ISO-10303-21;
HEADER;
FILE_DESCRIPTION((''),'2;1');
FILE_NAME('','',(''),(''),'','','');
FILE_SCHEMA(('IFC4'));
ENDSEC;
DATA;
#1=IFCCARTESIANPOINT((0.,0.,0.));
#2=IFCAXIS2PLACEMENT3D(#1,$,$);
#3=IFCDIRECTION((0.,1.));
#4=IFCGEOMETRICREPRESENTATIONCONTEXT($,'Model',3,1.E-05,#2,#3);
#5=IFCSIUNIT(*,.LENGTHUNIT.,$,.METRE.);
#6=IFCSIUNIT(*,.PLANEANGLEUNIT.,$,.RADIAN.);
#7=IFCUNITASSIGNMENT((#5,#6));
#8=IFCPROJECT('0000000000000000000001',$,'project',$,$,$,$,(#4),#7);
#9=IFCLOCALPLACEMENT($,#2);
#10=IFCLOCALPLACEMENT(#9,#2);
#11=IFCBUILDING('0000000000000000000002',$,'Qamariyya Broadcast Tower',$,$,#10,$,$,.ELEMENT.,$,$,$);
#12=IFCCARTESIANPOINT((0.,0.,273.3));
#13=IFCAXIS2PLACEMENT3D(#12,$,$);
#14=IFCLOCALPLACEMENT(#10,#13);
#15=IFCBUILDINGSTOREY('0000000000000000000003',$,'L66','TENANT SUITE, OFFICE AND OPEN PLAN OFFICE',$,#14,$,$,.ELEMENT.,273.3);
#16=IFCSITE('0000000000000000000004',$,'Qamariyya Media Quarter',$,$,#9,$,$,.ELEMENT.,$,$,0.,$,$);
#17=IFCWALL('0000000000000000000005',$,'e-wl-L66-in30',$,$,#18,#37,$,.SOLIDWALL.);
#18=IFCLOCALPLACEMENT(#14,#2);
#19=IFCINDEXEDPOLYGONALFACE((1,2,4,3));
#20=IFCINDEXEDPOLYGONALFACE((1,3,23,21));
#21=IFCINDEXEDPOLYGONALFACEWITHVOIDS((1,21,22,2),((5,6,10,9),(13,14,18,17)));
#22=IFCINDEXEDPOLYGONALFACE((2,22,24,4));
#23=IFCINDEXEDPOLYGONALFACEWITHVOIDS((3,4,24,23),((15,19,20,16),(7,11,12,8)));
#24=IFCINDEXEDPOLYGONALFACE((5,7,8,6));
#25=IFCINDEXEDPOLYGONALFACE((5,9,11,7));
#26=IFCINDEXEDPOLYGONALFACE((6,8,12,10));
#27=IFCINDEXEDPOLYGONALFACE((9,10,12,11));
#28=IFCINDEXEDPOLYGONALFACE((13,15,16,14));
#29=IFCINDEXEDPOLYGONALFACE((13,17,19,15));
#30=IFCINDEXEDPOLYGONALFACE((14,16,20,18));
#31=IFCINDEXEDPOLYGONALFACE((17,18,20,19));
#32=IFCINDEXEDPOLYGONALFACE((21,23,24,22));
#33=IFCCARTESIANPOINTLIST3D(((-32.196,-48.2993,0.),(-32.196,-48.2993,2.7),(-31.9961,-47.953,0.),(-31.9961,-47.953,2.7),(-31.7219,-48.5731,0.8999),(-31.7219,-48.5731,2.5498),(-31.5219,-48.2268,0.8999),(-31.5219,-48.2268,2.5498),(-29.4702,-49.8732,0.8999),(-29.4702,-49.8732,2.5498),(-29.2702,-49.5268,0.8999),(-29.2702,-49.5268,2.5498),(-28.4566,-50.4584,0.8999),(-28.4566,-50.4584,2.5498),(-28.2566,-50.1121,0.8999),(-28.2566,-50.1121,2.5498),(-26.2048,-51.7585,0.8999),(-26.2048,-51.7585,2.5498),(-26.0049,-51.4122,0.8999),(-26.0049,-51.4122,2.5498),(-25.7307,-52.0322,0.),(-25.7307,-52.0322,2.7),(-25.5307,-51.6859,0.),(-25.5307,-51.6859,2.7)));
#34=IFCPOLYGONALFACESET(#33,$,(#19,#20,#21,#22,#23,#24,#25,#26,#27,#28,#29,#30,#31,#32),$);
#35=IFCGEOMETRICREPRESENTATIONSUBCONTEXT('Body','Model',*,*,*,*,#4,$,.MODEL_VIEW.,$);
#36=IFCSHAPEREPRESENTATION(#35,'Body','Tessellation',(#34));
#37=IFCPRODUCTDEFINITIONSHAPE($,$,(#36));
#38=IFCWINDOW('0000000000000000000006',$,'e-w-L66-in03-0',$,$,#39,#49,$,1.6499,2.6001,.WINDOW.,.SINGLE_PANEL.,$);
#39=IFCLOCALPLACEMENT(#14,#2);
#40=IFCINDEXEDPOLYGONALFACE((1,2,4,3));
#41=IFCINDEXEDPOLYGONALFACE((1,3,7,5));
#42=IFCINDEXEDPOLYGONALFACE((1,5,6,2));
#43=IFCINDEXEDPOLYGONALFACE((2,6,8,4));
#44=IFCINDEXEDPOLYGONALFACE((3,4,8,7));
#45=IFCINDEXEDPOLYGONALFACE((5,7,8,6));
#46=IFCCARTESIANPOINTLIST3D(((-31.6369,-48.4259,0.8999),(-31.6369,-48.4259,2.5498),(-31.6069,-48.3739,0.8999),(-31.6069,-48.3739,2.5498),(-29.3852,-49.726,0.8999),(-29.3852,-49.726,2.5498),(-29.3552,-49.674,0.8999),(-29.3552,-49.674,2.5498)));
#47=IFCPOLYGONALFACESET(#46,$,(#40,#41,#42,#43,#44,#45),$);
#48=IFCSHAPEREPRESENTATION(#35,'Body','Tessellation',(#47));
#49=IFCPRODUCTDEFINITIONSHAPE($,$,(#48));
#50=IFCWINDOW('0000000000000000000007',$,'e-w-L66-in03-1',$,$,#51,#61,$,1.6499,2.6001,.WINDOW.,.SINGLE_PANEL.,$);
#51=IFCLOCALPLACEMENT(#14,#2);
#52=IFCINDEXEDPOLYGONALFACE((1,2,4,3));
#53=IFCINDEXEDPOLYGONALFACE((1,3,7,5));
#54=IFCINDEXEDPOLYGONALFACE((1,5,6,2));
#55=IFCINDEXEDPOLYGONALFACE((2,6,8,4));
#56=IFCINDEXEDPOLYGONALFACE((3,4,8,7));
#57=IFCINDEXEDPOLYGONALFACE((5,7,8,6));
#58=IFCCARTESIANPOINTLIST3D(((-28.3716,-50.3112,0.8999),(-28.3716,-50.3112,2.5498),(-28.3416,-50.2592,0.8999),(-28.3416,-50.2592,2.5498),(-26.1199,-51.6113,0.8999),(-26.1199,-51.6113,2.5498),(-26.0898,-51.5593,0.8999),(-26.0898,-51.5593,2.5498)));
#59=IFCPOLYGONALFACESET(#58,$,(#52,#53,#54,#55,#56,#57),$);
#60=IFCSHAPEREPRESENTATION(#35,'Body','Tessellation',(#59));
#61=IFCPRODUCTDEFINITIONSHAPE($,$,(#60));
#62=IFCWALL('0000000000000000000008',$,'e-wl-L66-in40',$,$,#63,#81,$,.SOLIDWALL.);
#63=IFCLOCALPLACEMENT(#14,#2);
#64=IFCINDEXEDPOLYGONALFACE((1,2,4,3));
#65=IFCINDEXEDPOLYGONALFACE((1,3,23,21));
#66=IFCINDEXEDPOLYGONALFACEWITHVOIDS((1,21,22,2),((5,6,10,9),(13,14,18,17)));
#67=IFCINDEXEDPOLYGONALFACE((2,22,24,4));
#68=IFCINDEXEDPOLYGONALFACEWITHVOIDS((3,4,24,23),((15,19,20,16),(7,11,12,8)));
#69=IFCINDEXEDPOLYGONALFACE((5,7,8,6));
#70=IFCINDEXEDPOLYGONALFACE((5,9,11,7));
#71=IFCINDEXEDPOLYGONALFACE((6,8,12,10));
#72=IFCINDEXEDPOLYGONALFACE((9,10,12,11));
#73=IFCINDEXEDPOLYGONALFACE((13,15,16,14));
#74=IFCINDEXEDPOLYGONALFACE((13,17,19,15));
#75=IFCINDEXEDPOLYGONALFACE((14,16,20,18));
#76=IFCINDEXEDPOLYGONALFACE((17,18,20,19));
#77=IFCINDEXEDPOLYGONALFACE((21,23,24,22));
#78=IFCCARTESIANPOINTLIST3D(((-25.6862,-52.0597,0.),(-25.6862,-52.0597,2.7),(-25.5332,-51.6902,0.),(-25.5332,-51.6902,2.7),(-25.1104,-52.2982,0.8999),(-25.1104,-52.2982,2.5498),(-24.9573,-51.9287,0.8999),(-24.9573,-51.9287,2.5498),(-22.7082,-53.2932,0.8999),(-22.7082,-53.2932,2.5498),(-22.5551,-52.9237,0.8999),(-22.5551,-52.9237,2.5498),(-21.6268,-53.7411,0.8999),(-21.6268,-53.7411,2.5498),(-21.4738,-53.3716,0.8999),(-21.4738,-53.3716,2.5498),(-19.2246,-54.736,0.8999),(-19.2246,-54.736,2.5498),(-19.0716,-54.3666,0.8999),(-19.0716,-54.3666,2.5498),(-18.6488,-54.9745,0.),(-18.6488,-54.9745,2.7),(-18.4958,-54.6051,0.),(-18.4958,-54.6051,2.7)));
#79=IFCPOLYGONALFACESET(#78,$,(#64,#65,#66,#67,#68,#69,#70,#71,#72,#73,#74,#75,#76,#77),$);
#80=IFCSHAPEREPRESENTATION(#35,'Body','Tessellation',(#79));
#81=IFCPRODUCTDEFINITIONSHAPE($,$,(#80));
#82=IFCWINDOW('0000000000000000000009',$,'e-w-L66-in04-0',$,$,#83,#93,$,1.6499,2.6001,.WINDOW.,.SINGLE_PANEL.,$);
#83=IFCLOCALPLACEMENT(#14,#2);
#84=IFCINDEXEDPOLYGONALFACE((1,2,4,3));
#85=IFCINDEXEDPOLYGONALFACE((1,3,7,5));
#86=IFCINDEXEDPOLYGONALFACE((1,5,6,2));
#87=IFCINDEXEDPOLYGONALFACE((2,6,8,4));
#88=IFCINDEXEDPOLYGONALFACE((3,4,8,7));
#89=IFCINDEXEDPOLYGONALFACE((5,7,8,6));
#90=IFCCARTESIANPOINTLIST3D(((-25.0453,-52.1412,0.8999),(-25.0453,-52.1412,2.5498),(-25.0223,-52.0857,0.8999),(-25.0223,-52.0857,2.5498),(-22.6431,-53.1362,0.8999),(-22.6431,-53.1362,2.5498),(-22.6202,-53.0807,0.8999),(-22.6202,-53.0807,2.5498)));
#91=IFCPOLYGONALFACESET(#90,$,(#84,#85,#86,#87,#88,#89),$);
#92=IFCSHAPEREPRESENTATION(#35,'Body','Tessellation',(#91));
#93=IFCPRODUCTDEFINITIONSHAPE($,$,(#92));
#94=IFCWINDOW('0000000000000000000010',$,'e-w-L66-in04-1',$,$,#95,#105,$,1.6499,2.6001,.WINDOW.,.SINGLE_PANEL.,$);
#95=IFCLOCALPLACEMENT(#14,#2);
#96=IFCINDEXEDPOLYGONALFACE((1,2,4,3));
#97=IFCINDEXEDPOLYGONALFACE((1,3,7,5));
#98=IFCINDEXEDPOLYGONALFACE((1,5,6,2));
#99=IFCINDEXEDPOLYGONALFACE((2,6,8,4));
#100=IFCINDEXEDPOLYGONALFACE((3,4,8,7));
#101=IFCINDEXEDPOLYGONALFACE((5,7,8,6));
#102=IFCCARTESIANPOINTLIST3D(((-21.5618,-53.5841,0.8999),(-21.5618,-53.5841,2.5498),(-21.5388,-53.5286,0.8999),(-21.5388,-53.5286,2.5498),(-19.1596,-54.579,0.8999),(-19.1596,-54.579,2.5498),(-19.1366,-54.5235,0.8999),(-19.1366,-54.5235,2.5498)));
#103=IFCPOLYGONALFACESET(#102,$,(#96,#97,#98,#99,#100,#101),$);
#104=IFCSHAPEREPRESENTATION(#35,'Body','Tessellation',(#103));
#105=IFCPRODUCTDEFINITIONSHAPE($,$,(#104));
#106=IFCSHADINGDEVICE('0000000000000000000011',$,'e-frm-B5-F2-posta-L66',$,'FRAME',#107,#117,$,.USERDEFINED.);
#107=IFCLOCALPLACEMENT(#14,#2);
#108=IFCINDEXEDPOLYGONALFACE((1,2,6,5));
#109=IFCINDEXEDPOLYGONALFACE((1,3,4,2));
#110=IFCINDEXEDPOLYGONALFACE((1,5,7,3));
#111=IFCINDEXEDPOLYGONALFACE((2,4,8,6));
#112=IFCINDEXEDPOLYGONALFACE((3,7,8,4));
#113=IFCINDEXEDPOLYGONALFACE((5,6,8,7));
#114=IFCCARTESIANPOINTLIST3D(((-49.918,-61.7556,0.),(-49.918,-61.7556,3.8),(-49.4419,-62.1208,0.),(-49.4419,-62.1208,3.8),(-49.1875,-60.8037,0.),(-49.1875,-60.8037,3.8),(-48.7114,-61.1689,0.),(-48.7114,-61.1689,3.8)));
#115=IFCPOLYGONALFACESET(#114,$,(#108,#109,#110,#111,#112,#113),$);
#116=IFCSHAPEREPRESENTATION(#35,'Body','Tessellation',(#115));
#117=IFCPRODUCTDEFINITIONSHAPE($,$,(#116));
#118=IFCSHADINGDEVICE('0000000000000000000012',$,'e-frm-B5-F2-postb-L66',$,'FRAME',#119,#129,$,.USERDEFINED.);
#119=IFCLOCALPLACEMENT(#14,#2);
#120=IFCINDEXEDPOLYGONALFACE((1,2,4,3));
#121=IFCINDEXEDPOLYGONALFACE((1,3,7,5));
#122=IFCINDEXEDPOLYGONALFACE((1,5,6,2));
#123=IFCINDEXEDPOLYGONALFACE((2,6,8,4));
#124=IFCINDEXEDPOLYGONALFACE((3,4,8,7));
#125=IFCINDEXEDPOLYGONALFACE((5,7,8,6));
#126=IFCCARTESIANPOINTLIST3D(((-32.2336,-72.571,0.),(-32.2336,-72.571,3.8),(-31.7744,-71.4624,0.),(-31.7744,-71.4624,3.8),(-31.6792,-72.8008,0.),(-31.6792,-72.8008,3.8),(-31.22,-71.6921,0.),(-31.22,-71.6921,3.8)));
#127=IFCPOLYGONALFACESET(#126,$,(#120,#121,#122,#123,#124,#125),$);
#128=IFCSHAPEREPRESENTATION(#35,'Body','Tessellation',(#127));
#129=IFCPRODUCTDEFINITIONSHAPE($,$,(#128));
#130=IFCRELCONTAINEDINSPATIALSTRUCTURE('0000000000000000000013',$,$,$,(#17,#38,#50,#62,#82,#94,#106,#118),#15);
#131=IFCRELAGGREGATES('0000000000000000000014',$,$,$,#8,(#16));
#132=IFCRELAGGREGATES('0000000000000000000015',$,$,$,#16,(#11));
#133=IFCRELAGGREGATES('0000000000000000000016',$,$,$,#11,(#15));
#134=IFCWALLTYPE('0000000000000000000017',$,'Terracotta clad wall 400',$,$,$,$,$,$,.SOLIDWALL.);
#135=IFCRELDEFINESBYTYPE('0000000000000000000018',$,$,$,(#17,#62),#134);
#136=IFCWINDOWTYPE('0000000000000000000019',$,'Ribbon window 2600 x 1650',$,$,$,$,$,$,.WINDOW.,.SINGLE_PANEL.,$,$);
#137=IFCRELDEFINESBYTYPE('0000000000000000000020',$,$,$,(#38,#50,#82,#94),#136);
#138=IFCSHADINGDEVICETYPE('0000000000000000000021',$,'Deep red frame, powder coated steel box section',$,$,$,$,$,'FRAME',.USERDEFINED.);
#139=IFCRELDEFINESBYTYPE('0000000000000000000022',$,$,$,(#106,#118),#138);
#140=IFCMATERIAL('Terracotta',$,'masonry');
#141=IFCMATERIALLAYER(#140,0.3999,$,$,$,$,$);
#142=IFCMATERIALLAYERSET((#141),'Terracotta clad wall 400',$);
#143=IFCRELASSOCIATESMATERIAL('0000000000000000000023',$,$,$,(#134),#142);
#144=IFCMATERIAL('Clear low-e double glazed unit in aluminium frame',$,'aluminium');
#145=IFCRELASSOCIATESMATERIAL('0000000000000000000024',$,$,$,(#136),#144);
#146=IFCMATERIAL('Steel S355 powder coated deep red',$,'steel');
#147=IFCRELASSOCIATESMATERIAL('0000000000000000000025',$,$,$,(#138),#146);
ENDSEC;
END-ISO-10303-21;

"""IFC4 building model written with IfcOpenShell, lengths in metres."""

from ifc_helpers import new_model, si_unit, direction, frame, frame_2d, origin, place, context, subcontext, project, spatial, polyline, rectangle, outline, extrude, material, layer, layer_set, type_object, element, fill, save


model = new_model("IFC4")

# Units and contexts
model_context = context("Model", 3, precision=1e-05, world=origin(), true_north=direction((0.0, 1.0)))
body_context = subcontext(model_context, "Body", "Model", "MODEL_VIEW")
ifc_project = project(units=[si_unit("LENGTHUNIT", "METRE"), si_unit("PLANEANGLEUNIT", "RADIAN")], contexts=[model_context])

# Site, building, storey
site_placement = place(None, origin())
site = spatial("IfcSite", under=ifc_project, at=site_placement, Name="Qamariyya Media Quarter", CompositionType="ELEMENT", RefElevation=0.0)
building_placement = place(site_placement, origin())
building = spatial("IfcBuilding", under=site, at=building_placement, Name="Qamariyya Broadcast Tower", CompositionType="ELEMENT")
storey_placement = place(building_placement, frame((0.0, 0.0, 273.3)))
storey = spatial("IfcBuildingStorey", under=building, at=storey_placement, Name="L66", Description="TENANT SUITE, OFFICE AND OPEN PLAN OFFICE", CompositionType="ELEMENT", Elevation=273.3)

# Walls, openings, windows
ifc_material_1 = material(Name="Terracotta", Category="masonry")
ifc_layer_1 = layer(ifc_material_1, 0.3999)
ifc_layer_set_1 = layer_set([ifc_layer_1], Name="Terracotta clad wall 400")
wall_type_1 = type_object("IfcWallType", Name="Terracotta clad wall 400", PredefinedType="SOLIDWALL", material=ifc_layer_set_1)
wall_1_placement = place(storey_placement, frame((-25.6306, -51.8591, 0.0), z_axis=(0.0, 0.0, 1.0), x_axis=(-0.866017, 0.500015, 0.0)))
wall_1 = element("IfcWall", 1, at=wall_1_placement, inside=storey, type_object=wall_type_1, Name="e-wl-L66-in30", PredefinedType="SOLIDWALL", context=body_context, shape_type="SweptSolid", body=[
    extrude(rectangle(XDim=7.4656, YDim=0.3999, at=frame_2d((3.7329, 0.0))), origin(), (0.0, 0.0, 1.0), 2.7),
])
opening_1_placement = place(wall_1_placement, frame((4.3181, 0.0, 0.8999)))
opening_1 = element("IfcOpeningElement", 2, at=opening_1_placement, cuts=wall_1, PredefinedType="OPENING", context=body_context, shape_type="SweptSolid", body=[
    extrude(rectangle(XDim=2.6001, YDim=1.6499, at=frame_2d((1.3, 0.825))), frame((0.0, 0.21, 0.0), z_axis=(0.0, -1.0, 0.0), x_axis=(1.0, 0.0, 0.0)), (0.0, 0.0, 1.0), 0.4199),
])
opening_2_placement = place(wall_1_placement, frame((0.5476, 0.0, 0.8999)))
opening_2 = element("IfcOpeningElement", 3, at=opening_2_placement, cuts=wall_1, PredefinedType="OPENING", context=body_context, shape_type="SweptSolid", body=[
    extrude(rectangle(XDim=2.6001, YDim=1.6499, at=frame_2d((1.3, 0.825))), frame((0.0, 0.21, 0.0), z_axis=(0.0, -1.0, 0.0), x_axis=(1.0, 0.0, 0.0)), (0.0, 0.0, 1.0), 0.4199),
])
ifc_material_2 = material(Name="Clear low-e double glazed unit in aluminium frame", Category="aluminium")
window_type = type_object("IfcWindowType", Name="Ribbon window 2600 x 1650", PartitioningType="SINGLE_PANEL", PredefinedType="WINDOW", material=ifc_material_2)
window_1_placement = place(opening_1_placement, origin())
window_1 = element("IfcWindow", 4, at=window_1_placement, inside=storey, type_object=window_type, Name="e-w-L66-in03-0", OverallHeight=1.6499, OverallWidth=2.6001, PartitioningType="SINGLE_PANEL", PredefinedType="WINDOW", context=body_context, shape_type="SweptSolid", body=[
    extrude(rectangle(XDim=2.6001, YDim=1.6499, at=frame_2d((1.3, 0.825))), frame((0.0, 0.03, 0.0), z_axis=(0.0, -1.0, 0.0), x_axis=(1.0, 0.0, 0.0)), (0.0, 0.0, 1.0), 0.0601),
])
fill(opening_1, window_1)
window_2_placement = place(opening_2_placement, origin())
window_2 = element("IfcWindow", 5, at=window_2_placement, inside=storey, type_object=window_type, Name="e-w-L66-in03-1", OverallHeight=1.6499, OverallWidth=2.6001, PartitioningType="SINGLE_PANEL", PredefinedType="WINDOW", context=body_context, shape_type="SweptSolid", body=[
    extrude(rectangle(XDim=2.6001, YDim=1.6499, at=frame_2d((1.3, 0.825))), frame((0.0, 0.03, 0.0), z_axis=(0.0, -1.0, 0.0), x_axis=(1.0, 0.0, 0.0)), (0.0, 0.0, 1.0), 0.0601),
])
fill(opening_2, window_2)
wall_2_placement = place(storey_placement, frame((-18.5723, -54.7898, 0.0), z_axis=(0.0, 0.0, 1.0), x_axis=(-0.923888, 0.382664, 0.0)))
wall_2 = element("IfcWall", 6, at=wall_2_placement, inside=storey, type_object=wall_type_1, Name="e-wl-L66-in40", PredefinedType="SOLIDWALL", context=body_context, shape_type="SweptSolid", body=[
    extrude(rectangle(XDim=7.6172, YDim=0.3999, at=frame_2d((3.8086, 0.0))), origin(), (0.0, 0.0, 1.0), 2.7),
])
opening_3_placement = place(wall_2_placement, frame((4.3938, 0.0, 0.8999)))
opening_3 = element("IfcOpeningElement", 7, at=opening_3_placement, cuts=wall_2, PredefinedType="OPENING", context=body_context, shape_type="SweptSolid", body=[
    extrude(rectangle(XDim=2.6001, YDim=1.6499, at=frame_2d((1.3, 0.825))), frame((0.0, 0.21, 0.0), z_axis=(0.0, -1.0, 0.0), x_axis=(1.0, 0.0, 0.0)), (0.0, 0.0, 1.0), 0.4199),
])
opening_4_placement = place(wall_2_placement, frame((0.6233, 0.0, 0.8999)))
opening_4 = element("IfcOpeningElement", 8, at=opening_4_placement, cuts=wall_2, PredefinedType="OPENING", context=body_context, shape_type="SweptSolid", body=[
    extrude(rectangle(XDim=2.6001, YDim=1.6499, at=frame_2d((1.3, 0.825))), frame((0.0, 0.21, 0.0), z_axis=(0.0, -1.0, 0.0), x_axis=(1.0, 0.0, 0.0)), (0.0, 0.0, 1.0), 0.4199),
])
window_3_placement = place(opening_3_placement, origin())
window_3 = element("IfcWindow", 9, at=window_3_placement, inside=storey, type_object=window_type, Name="e-w-L66-in04-0", OverallHeight=1.6499, OverallWidth=2.6001, PartitioningType="SINGLE_PANEL", PredefinedType="WINDOW", context=body_context, shape_type="SweptSolid", body=[
    extrude(rectangle(XDim=2.6001, YDim=1.6499, at=frame_2d((1.3, 0.825))), frame((0.0, 0.03, 0.0), z_axis=(0.0, -1.0, 0.0), x_axis=(1.0, 0.0, 0.0)), (0.0, 0.0, 1.0), 0.0601),
])
fill(opening_3, window_3)
window_4_placement = place(opening_4_placement, origin())
window_4 = element("IfcWindow", 10, at=window_4_placement, inside=storey, type_object=window_type, Name="e-w-L66-in04-1", OverallHeight=1.6499, OverallWidth=2.6001, PartitioningType="SINGLE_PANEL", PredefinedType="WINDOW", context=body_context, shape_type="SweptSolid", body=[
    extrude(rectangle(XDim=2.6001, YDim=1.6499, at=frame_2d((1.3, 0.825))), frame((0.0, 0.03, 0.0), z_axis=(0.0, -1.0, 0.0), x_axis=(1.0, 0.0, 0.0)), (0.0, 0.0, 1.0), 0.0601),
])
fill(opening_4, window_4)

# Shading devices
ifc_material_3 = material(Name="Steel S355 powder coated deep red", Category="steel")
shading_device_type = type_object("IfcShadingDeviceType", Name="Deep red frame, powder coated steel box section", ElementType="FRAME", PredefinedType="USERDEFINED", material=ifc_material_3)
shading_device_1_placement = place(storey_placement, origin())
element("IfcShadingDevice", 11, at=shading_device_1_placement, inside=storey, type_object=shading_device_type, Name="e-frm-B5-F2-posta-L66", ObjectType="FRAME", PredefinedType="USERDEFINED", context=body_context, shape_type="SweptSolid", body=[
    extrude(outline(polyline([(-49.1875, -60.8037), (-49.918, -61.7556), (-49.4419, -62.1208), (-48.7114, -61.1689), (-49.1875, -60.8037)])), origin(), (0.0, 0.0, 1.0), 3.8),
])
shading_device_2_placement = place(storey_placement, origin())
element("IfcShadingDevice", 12, at=shading_device_2_placement, inside=storey, type_object=shading_device_type, Name="e-frm-B5-F2-postb-L66", ObjectType="FRAME", PredefinedType="USERDEFINED", context=body_context, shape_type="SweptSolid", body=[
    extrude(outline(polyline([(-31.7744, -71.4624), (-32.2336, -72.571), (-31.6792, -72.8008), (-31.22, -71.6921), (-31.7744, -71.4624)])), origin(), (0.0, 0.0, 1.0), 3.8),
])

save(model, "model.ifc")
